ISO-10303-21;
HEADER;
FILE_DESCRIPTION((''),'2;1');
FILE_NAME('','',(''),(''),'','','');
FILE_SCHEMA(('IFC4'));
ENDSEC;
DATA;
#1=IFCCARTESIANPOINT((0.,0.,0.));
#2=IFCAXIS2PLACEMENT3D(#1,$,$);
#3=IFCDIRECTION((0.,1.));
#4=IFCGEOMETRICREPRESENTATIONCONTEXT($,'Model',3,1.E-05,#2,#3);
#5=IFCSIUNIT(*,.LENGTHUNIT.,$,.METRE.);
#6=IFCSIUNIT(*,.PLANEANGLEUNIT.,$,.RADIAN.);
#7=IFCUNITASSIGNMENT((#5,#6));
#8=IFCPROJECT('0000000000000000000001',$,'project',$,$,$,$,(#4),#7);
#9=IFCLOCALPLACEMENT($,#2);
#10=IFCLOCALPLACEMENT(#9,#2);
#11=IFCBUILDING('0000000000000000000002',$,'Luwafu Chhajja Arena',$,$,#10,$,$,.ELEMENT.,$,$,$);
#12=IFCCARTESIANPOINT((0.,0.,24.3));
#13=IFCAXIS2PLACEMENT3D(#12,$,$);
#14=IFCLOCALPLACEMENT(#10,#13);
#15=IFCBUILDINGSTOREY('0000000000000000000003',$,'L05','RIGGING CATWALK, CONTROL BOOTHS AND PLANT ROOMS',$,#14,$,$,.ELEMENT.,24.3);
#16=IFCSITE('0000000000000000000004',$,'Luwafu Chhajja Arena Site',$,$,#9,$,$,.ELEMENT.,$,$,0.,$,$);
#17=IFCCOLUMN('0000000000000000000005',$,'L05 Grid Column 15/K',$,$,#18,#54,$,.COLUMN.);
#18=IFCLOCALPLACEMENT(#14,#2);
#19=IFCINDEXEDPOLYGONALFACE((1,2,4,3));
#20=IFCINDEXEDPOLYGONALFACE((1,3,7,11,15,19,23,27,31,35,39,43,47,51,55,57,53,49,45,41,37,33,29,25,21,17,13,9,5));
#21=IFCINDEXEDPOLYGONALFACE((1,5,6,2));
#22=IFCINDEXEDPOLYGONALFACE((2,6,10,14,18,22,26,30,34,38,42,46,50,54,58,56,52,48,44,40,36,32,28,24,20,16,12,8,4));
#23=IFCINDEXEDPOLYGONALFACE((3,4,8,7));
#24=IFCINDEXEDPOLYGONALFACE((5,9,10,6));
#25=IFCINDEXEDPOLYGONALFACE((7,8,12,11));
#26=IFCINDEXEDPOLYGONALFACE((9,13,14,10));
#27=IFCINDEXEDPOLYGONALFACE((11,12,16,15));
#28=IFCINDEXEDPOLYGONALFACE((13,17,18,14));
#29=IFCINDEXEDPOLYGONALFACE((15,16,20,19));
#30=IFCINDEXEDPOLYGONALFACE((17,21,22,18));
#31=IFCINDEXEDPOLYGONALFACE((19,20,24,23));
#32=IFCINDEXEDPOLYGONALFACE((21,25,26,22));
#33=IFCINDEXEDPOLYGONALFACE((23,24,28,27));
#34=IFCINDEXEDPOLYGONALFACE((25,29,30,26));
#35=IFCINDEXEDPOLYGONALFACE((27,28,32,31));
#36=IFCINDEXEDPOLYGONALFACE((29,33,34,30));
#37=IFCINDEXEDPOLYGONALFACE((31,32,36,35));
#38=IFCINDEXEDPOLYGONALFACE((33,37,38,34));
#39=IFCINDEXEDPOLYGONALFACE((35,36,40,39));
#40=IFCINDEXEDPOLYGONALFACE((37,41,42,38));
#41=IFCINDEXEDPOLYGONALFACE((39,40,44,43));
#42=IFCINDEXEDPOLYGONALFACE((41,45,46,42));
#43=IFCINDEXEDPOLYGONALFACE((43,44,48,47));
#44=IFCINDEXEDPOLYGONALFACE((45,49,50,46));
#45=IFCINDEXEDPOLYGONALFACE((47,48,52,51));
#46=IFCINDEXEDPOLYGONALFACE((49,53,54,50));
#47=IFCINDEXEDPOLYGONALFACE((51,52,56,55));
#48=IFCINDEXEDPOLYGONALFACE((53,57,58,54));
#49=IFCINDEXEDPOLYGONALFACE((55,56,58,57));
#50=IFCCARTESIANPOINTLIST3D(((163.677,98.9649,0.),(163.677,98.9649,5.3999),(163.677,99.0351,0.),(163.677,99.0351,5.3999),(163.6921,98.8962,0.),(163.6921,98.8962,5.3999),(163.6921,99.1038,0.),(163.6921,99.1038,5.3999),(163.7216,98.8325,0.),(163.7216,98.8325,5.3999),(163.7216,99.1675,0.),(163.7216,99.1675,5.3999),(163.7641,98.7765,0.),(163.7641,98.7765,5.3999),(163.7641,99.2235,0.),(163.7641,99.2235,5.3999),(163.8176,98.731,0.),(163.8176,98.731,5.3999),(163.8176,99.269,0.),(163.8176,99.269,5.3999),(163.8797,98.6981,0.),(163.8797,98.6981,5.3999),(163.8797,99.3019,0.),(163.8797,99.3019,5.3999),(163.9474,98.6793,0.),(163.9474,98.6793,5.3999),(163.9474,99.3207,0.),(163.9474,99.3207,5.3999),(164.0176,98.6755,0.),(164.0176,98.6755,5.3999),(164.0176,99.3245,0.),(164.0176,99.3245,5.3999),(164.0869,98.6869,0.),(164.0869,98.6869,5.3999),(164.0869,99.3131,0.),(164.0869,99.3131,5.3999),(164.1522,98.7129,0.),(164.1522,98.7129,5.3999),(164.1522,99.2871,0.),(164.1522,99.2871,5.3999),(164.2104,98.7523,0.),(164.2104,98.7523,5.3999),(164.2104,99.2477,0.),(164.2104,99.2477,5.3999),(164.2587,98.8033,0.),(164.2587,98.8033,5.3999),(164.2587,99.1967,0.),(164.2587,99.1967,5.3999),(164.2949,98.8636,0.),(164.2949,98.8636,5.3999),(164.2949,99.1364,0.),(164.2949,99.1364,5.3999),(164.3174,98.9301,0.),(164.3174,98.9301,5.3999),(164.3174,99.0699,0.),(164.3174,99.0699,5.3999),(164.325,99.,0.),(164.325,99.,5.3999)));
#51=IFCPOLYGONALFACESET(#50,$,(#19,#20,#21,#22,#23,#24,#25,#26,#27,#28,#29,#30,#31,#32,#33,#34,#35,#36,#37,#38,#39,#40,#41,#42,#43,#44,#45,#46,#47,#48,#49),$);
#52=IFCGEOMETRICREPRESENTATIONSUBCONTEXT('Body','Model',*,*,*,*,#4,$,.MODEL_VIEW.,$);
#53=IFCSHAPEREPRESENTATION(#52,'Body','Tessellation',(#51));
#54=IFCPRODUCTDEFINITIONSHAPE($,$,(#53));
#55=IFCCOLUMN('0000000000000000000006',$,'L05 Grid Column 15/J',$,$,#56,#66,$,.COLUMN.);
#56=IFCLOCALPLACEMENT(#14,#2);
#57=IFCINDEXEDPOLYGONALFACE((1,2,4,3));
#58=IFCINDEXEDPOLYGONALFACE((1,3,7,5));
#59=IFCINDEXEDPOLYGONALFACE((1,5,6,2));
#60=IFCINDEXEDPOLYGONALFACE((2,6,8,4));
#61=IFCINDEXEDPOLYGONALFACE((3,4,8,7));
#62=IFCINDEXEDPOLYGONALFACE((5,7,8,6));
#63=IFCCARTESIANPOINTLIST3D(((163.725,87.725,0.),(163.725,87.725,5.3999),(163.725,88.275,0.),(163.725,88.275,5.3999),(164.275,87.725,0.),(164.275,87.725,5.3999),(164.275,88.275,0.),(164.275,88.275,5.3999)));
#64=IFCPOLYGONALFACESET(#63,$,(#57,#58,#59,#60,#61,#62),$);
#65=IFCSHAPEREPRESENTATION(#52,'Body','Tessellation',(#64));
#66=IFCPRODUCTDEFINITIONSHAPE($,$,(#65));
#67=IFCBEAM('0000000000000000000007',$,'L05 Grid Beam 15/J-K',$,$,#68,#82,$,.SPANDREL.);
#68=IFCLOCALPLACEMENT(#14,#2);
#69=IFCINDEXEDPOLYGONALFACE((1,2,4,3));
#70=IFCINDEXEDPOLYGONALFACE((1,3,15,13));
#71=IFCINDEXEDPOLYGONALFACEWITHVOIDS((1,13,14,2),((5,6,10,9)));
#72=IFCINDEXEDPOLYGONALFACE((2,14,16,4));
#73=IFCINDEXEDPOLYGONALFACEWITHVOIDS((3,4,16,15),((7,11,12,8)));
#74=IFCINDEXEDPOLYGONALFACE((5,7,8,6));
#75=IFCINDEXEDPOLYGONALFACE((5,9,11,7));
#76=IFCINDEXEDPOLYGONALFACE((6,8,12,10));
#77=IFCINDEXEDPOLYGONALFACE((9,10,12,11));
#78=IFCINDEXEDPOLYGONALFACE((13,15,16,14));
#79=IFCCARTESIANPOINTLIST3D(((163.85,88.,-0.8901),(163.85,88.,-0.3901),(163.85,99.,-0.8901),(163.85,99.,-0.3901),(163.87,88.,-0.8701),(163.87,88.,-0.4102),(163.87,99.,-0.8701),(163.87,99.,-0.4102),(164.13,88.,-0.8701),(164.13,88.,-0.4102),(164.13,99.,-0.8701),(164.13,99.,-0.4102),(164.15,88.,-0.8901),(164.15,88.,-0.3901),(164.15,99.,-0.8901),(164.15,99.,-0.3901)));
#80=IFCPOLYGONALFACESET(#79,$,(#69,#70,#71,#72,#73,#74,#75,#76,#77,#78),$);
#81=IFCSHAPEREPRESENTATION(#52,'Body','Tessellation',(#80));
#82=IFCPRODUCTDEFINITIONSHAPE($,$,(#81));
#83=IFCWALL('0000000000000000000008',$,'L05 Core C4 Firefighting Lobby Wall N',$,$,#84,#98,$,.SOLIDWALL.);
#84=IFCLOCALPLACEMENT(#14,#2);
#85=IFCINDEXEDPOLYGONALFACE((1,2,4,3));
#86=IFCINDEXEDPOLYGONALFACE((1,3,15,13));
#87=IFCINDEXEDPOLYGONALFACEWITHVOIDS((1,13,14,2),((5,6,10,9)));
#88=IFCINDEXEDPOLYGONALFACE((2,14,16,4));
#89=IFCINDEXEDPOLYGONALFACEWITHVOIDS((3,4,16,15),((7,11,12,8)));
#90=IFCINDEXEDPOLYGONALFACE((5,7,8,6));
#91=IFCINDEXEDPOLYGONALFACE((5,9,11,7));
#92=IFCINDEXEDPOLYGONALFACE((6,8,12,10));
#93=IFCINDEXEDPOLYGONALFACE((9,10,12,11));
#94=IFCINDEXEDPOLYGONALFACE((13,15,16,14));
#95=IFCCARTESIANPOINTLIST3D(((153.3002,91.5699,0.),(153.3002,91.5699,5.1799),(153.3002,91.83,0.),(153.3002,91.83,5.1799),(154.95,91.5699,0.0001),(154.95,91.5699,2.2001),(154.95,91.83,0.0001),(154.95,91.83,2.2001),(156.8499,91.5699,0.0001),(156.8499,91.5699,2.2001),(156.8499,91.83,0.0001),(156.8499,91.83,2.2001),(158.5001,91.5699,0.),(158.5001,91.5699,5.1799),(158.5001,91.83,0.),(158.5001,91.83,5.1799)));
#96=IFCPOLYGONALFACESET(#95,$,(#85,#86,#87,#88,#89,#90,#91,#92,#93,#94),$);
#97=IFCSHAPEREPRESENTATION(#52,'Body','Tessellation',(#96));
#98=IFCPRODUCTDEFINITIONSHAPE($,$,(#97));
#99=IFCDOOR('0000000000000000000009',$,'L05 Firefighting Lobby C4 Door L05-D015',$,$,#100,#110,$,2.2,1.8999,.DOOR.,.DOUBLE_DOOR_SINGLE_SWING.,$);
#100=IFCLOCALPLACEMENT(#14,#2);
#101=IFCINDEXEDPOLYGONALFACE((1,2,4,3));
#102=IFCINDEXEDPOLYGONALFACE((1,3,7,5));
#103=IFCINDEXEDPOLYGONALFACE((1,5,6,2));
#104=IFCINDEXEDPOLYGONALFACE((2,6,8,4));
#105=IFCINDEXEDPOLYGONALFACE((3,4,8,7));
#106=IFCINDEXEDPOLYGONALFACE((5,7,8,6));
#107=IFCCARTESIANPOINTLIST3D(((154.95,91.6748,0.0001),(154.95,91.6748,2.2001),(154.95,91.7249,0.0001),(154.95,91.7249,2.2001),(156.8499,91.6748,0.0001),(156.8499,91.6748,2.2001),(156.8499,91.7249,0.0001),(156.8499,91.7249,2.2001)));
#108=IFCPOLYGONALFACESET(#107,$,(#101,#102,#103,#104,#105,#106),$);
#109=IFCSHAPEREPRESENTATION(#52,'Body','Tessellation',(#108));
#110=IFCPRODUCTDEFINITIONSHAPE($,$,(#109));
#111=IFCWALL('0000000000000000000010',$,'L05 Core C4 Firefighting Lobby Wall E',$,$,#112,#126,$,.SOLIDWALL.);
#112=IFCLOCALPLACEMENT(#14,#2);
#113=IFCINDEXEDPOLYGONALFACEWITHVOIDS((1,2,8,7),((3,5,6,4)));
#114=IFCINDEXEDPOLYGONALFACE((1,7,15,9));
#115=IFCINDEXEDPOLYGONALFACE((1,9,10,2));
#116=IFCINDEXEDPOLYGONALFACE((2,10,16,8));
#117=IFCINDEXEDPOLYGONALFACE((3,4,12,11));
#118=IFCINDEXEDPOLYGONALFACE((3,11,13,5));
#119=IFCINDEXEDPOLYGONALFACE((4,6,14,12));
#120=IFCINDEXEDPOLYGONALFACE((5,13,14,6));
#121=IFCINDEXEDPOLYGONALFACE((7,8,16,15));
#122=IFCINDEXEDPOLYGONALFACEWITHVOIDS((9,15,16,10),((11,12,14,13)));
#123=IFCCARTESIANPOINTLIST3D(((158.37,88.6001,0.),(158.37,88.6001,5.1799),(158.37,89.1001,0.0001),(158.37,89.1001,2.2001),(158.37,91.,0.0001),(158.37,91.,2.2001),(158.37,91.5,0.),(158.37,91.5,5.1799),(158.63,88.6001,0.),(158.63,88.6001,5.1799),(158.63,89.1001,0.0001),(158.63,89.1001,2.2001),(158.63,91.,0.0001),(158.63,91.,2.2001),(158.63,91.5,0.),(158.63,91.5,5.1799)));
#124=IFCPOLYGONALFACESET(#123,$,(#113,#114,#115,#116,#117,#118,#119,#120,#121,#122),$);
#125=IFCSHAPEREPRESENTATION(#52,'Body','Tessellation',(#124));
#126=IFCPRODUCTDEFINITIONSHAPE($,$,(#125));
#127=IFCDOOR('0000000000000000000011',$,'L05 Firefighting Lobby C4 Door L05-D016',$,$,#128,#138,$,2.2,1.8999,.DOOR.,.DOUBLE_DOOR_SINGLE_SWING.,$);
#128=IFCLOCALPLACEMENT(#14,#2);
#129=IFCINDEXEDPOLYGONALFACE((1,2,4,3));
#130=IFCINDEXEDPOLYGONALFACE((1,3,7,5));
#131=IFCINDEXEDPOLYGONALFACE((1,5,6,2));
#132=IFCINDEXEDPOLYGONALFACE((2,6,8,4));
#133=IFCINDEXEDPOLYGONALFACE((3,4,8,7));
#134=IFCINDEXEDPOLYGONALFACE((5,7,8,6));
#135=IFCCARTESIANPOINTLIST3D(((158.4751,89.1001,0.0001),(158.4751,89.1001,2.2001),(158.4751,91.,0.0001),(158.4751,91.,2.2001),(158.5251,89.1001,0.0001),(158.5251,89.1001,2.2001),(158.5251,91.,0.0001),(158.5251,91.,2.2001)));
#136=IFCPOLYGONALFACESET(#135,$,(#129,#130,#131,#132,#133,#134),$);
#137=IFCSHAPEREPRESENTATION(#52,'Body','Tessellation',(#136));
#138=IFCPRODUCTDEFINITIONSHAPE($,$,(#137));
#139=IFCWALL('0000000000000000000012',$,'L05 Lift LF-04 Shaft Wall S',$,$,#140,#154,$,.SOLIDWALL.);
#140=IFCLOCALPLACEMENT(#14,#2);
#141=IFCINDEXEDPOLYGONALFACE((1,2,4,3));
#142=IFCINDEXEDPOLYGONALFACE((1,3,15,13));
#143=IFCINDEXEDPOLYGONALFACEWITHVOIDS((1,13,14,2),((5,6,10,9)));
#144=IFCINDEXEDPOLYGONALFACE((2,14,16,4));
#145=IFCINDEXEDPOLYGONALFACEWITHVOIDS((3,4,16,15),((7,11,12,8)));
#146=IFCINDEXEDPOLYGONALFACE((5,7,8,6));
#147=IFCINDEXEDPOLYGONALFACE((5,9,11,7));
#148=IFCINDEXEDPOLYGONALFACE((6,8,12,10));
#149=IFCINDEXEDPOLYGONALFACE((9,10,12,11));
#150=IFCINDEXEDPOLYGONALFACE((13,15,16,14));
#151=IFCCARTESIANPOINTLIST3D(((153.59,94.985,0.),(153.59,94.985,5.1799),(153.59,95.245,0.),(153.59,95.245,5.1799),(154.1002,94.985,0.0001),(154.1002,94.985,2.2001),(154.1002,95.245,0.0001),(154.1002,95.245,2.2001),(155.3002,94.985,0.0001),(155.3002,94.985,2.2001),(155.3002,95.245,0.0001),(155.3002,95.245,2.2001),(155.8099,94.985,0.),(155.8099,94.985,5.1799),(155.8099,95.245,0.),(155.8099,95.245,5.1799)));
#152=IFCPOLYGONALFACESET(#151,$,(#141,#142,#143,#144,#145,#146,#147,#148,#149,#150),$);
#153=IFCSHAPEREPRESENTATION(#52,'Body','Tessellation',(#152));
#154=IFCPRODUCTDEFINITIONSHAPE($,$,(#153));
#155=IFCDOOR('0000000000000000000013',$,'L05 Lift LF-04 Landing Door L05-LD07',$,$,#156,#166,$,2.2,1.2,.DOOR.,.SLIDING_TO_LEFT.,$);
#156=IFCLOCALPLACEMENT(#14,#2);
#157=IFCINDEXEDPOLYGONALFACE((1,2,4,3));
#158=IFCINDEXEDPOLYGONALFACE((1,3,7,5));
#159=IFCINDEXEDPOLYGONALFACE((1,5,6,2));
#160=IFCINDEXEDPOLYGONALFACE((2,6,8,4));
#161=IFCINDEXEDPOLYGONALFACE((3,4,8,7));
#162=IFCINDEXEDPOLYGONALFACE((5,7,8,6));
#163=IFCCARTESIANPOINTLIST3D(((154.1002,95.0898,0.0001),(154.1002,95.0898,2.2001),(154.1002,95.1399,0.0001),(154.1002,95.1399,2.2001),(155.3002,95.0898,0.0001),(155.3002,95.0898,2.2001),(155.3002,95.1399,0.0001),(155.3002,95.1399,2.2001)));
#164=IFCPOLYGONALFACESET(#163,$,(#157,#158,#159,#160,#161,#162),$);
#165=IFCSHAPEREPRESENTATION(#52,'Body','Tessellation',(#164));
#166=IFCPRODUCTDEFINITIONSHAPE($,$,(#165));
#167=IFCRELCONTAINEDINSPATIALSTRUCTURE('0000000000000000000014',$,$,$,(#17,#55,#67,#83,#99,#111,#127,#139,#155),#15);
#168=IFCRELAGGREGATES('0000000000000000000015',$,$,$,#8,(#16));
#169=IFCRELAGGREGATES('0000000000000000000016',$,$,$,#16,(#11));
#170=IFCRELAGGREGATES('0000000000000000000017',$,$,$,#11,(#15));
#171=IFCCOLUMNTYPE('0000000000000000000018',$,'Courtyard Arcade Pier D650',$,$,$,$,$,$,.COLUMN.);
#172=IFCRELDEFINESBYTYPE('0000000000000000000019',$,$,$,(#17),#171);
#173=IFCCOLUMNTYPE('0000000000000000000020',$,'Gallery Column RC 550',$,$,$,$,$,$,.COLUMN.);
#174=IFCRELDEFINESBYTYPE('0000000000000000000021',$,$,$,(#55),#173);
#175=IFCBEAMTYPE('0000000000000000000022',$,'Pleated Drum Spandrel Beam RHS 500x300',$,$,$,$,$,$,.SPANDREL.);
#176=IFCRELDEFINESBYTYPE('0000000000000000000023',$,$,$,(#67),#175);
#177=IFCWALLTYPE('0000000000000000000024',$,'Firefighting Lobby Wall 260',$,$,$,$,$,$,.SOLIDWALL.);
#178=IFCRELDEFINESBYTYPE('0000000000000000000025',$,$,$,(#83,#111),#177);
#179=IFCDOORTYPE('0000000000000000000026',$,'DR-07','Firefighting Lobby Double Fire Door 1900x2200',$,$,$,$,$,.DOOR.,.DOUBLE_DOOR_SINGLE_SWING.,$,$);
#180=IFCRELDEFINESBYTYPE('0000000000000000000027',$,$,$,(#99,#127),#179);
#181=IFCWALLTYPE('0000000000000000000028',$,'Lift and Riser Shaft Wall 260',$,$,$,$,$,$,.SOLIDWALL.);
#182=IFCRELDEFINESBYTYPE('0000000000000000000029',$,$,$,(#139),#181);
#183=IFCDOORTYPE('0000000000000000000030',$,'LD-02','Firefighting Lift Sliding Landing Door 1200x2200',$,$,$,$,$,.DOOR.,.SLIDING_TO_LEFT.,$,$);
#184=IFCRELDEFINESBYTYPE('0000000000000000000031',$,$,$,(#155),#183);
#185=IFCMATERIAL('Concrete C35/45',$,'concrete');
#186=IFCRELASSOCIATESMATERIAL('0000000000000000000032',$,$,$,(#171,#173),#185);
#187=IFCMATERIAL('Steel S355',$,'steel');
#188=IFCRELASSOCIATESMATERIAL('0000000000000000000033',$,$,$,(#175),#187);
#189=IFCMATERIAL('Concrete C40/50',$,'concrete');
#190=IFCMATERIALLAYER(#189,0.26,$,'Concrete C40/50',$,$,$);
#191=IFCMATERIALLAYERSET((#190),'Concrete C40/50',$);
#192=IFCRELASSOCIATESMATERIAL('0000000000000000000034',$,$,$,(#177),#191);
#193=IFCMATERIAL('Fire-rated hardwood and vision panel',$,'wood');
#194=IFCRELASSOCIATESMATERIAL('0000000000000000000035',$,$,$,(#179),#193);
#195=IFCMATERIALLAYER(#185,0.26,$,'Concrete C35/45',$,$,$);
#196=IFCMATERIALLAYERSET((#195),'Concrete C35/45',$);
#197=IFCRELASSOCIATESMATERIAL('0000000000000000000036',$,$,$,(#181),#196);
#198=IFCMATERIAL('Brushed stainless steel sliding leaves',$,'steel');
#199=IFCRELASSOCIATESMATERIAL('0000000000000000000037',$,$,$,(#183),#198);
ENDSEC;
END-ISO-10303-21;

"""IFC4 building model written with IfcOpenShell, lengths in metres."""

from ifc_helpers import new_model, si_unit, direction, frame, frame_2d, origin, origin_2d, place, context, subcontext, project, spatial, rectangle, hollow_rectangle, circle, extrude, material, layer, layer_set, material_profile, profile_set, type_object, element, fill, save


model = new_model("IFC4")

# Units and contexts
model_context = context("Model", 3, precision=1e-05, world=origin(), true_north=direction((0.0, 1.0)))
body_context = subcontext(model_context, "Body", "Model", "MODEL_VIEW")
ifc_project = project(units=[si_unit("LENGTHUNIT", "METRE"), si_unit("PLANEANGLEUNIT", "RADIAN")], contexts=[model_context])

# Site, building, storey
site_placement = place(None, origin())
site = spatial("IfcSite", under=ifc_project, at=site_placement, Name="Luwafu Chhajja Arena Site", CompositionType="ELEMENT", RefElevation=0.0)
building_placement = place(site_placement, origin())
building = spatial("IfcBuilding", under=site, at=building_placement, Name="Luwafu Chhajja Arena", CompositionType="ELEMENT")
storey_placement = place(building_placement, frame((0.0, 0.0, 24.3)))
storey = spatial("IfcBuildingStorey", under=building, at=storey_placement, Name="L05", Description="RIGGING CATWALK, CONTROL BOOTHS AND PLANT ROOMS", CompositionType="ELEMENT", Elevation=24.3)

# Columns
ifc_material_1 = material(Name="Concrete C35/45", Category="concrete")
ifc_material_profile_1 = material_profile(ifc_material_1, circle(Radius=0.325, at=origin_2d()), Name="RC COL D650")
ifc_profile_set_1 = profile_set([ifc_material_profile_1], Name="Concrete C35/45")
column_type_1 = type_object("IfcColumnType", Name="Courtyard Arcade Pier D650", PredefinedType="COLUMN", material=ifc_profile_set_1)
column_1_placement = place(storey_placement, frame((164.0, 99.0, 0.0), z_axis=(0.0, 0.0, 1.0), x_axis=(1.0, 0.0, 0.0)))
element("IfcColumn", 1, at=column_1_placement, inside=storey, type_object=column_type_1, Name="L05 Grid Column 15/K", PredefinedType="COLUMN", context=body_context, shape_type="SweptSolid", body=[
    extrude(circle(Radius=0.325, at=origin_2d()), origin(), (0.0, 0.0, 1.0), 5.3999),
])
ifc_material_profile_2 = material_profile(ifc_material_1, rectangle(XDim=0.55, YDim=0.55, at=origin_2d()), Name="RC 550x550")
ifc_profile_set_2 = profile_set([ifc_material_profile_2], Name="Concrete C35/45")
column_type_2 = type_object("IfcColumnType", Name="Gallery Column RC 550", PredefinedType="COLUMN", material=ifc_profile_set_2)
column_2_placement = place(storey_placement, frame((164.0, 88.0, 0.0), z_axis=(0.0, 0.0, 1.0), x_axis=(1.0, 0.0, 0.0)))
element("IfcColumn", 2, at=column_2_placement, inside=storey, type_object=column_type_2, Name="L05 Grid Column 15/J", PredefinedType="COLUMN", context=body_context, shape_type="SweptSolid", body=[
    extrude(rectangle(XDim=0.55, YDim=0.55, at=origin_2d()), origin(), (0.0, 0.0, 1.0), 5.3999),
])

# Beam
ifc_material_2 = material(Name="Steel S355", Category="steel")
ifc_material_profile_3 = material_profile(ifc_material_2, hollow_rectangle(XDim=0.3, YDim=0.5, WallThickness=0.02, at=origin_2d()), Name="RHS 500x300x20")
ifc_profile_set_3 = profile_set([ifc_material_profile_3], Name="Steel S355")
beam_type = type_object("IfcBeamType", Name="Pleated Drum Spandrel Beam RHS 500x300", PredefinedType="SPANDREL", material=ifc_profile_set_3)
beam_placement = place(storey_placement, frame((164.0, 88.0, -0.6401), z_axis=(0.0, 1.0, 0.0), x_axis=(-1.0, 0.0, 0.0)))
element("IfcBeam", 3, at=beam_placement, inside=storey, type_object=beam_type, Name="L05 Grid Beam 15/J-K", PredefinedType="SPANDREL", context=body_context, shape_type="SweptSolid", body=[
    extrude(hollow_rectangle(XDim=0.3, YDim=0.5, WallThickness=0.02, at=origin_2d()), origin(), (0.0, 0.0, 1.0), 11.0),
])

# Walls, openings, doors
ifc_material_3 = material(Name="Concrete C40/50", Category="concrete")
ifc_layer_1 = layer(ifc_material_3, 0.26, Name="Concrete C40/50")
ifc_layer_set_1 = layer_set([ifc_layer_1], Name="Concrete C40/50")
wall_type_1 = type_object("IfcWallType", Name="Firefighting Lobby Wall 260", PredefinedType="SOLIDWALL", material=ifc_layer_set_1)
wall_1_placement = place(storey_placement, frame((153.3, 91.7, 0.0), z_axis=(0.0, 0.0, 1.0), x_axis=(1.0, 0.0, 0.0)))
wall_1 = element("IfcWall", 4, at=wall_1_placement, inside=storey, type_object=wall_type_1, Name="L05 Core C4 Firefighting Lobby Wall N", PredefinedType="SOLIDWALL", context=body_context, shape_type="SweptSolid", body=[
    extrude(rectangle(XDim=5.2, YDim=0.26, at=frame_2d((2.6001, 0.0))), origin(), (0.0, 0.0, 1.0), 5.1799),
])
opening_1_placement = place(wall_1_placement, frame((1.6499, 0.0, 0.0)))
opening_1 = element("IfcOpeningElement", 5, at=opening_1_placement, cuts=wall_1, PredefinedType="OPENING", context=body_context, shape_type="SweptSolid", body=[
    extrude(rectangle(XDim=1.8999, YDim=2.2, at=frame_2d((0.95, 1.1001))), frame((0.0, 0.1399, 0.0), z_axis=(0.0, -1.0, 0.0), x_axis=(1.0, 0.0, 0.0)), (0.0, 0.0, 1.0), 0.28),
])
ifc_material_4 = material(Name="Fire-rated hardwood and vision panel", Category="wood")
door_type_1 = type_object("IfcDoorType", Name="DR-07", Description="Firefighting Lobby Double Fire Door 1900x2200", OperationType="DOUBLE_DOOR_SINGLE_SWING", PredefinedType="DOOR", material=ifc_material_4)
door_1_placement = place(opening_1_placement, origin())
door_1 = element("IfcDoor", 6, at=door_1_placement, inside=storey, type_object=door_type_1, Name="L05 Firefighting Lobby C4 Door L05-D015", OperationType="DOUBLE_DOOR_SINGLE_SWING", OverallHeight=2.2, OverallWidth=1.8999, PredefinedType="DOOR", context=body_context, shape_type="SweptSolid", body=[
    extrude(rectangle(XDim=1.8999, YDim=2.2, at=frame_2d((0.95, 1.1001))), frame((0.0, 0.0249, 0.0), z_axis=(0.0, -1.0, 0.0), x_axis=(1.0, 0.0, 0.0)), (0.0, 0.0, 1.0), 0.05),
])
fill(opening_1, door_1)
wall_2_placement = place(storey_placement, frame((158.5, 88.6001, 0.0), z_axis=(0.0, 0.0, 1.0), x_axis=(0.0, 1.0, 0.0)))
wall_2 = element("IfcWall", 7, at=wall_2_placement, inside=storey, type_object=wall_type_1, Name="L05 Core C4 Firefighting Lobby Wall E", PredefinedType="SOLIDWALL", context=body_context, shape_type="SweptSolid", body=[
    extrude(rectangle(XDim=2.8999, YDim=0.26, at=frame_2d((1.45, 0.0))), origin(), (0.0, 0.0, 1.0), 5.1799),
])
opening_2_placement = place(wall_2_placement, frame((0.5, 0.0, 0.0)))
opening_2 = element("IfcOpeningElement", 8, at=opening_2_placement, cuts=wall_2, PredefinedType="OPENING", context=body_context, shape_type="SweptSolid", body=[
    extrude(rectangle(XDim=1.8999, YDim=2.2, at=frame_2d((0.95, 1.1001))), frame((0.0, 0.1399, 0.0), z_axis=(0.0, -1.0, 0.0), x_axis=(1.0, 0.0, 0.0)), (0.0, 0.0, 1.0), 0.28),
])
door_2_placement = place(opening_2_placement, origin())
door_2 = element("IfcDoor", 9, at=door_2_placement, inside=storey, type_object=door_type_1, Name="L05 Firefighting Lobby C4 Door L05-D016", OperationType="DOUBLE_DOOR_SINGLE_SWING", OverallHeight=2.2, OverallWidth=1.8999, PredefinedType="DOOR", context=body_context, shape_type="SweptSolid", body=[
    extrude(rectangle(XDim=1.8999, YDim=2.2, at=frame_2d((0.95, 1.1001))), frame((0.0, 0.0249, 0.0), z_axis=(0.0, -1.0, 0.0), x_axis=(1.0, 0.0, 0.0)), (0.0, 0.0, 1.0), 0.05),
])
fill(opening_2, door_2)
ifc_layer_2 = layer(ifc_material_1, 0.26, Name="Concrete C35/45")
ifc_layer_set_2 = layer_set([ifc_layer_2], Name="Concrete C35/45")
wall_type_2 = type_object("IfcWallType", Name="Lift and Riser Shaft Wall 260", PredefinedType="SOLIDWALL", material=ifc_layer_set_2)
wall_3_placement = place(storey_placement, frame((153.5901, 95.115, 0.0), z_axis=(0.0, 0.0, 1.0), x_axis=(1.0, 0.0, 0.0)))
wall_3 = element("IfcWall", 10, at=wall_3_placement, inside=storey, type_object=wall_type_2, Name="L05 Lift LF-04 Shaft Wall S", PredefinedType="SOLIDWALL", context=body_context, shape_type="SweptSolid", body=[
    extrude(rectangle(XDim=2.22, YDim=0.26, at=frame_2d((1.1099, 0.0))), origin(), (0.0, 0.0, 1.0), 5.1799),
])
opening_3_placement = place(wall_3_placement, frame((0.51, 0.0, 0.0)))
opening_3 = element("IfcOpeningElement", 11, at=opening_3_placement, cuts=wall_3, PredefinedType="OPENING", context=body_context, shape_type="SweptSolid", body=[
    extrude(rectangle(XDim=1.2, YDim=2.2, at=frame_2d((0.6001, 1.1001))), frame((0.0, 0.1399, 0.0), z_axis=(0.0, -1.0, 0.0), x_axis=(1.0, 0.0, 0.0)), (0.0, 0.0, 1.0), 0.28),
])
ifc_material_5 = material(Name="Brushed stainless steel sliding leaves", Category="steel")
door_type_2 = type_object("IfcDoorType", Name="LD-02", Description="Firefighting Lift Sliding Landing Door 1200x2200", OperationType="SLIDING_TO_LEFT", PredefinedType="DOOR", material=ifc_material_5)
door_3_placement = place(opening_3_placement, origin())
door_3 = element("IfcDoor", 12, at=door_3_placement, inside=storey, type_object=door_type_2, Name="L05 Lift LF-04 Landing Door L05-LD07", OperationType="SLIDING_TO_LEFT", OverallHeight=2.2, OverallWidth=1.2, PredefinedType="DOOR", context=body_context, shape_type="SweptSolid", body=[
    extrude(rectangle(XDim=1.2, YDim=2.2, at=frame_2d((0.6001, 1.1001))), frame((0.0, 0.0249, 0.0), z_axis=(0.0, -1.0, 0.0), x_axis=(1.0, 0.0, 0.0)), (0.0, 0.0, 1.0), 0.05),
])
fill(opening_3, door_3)

save(model, "model.ifc")
